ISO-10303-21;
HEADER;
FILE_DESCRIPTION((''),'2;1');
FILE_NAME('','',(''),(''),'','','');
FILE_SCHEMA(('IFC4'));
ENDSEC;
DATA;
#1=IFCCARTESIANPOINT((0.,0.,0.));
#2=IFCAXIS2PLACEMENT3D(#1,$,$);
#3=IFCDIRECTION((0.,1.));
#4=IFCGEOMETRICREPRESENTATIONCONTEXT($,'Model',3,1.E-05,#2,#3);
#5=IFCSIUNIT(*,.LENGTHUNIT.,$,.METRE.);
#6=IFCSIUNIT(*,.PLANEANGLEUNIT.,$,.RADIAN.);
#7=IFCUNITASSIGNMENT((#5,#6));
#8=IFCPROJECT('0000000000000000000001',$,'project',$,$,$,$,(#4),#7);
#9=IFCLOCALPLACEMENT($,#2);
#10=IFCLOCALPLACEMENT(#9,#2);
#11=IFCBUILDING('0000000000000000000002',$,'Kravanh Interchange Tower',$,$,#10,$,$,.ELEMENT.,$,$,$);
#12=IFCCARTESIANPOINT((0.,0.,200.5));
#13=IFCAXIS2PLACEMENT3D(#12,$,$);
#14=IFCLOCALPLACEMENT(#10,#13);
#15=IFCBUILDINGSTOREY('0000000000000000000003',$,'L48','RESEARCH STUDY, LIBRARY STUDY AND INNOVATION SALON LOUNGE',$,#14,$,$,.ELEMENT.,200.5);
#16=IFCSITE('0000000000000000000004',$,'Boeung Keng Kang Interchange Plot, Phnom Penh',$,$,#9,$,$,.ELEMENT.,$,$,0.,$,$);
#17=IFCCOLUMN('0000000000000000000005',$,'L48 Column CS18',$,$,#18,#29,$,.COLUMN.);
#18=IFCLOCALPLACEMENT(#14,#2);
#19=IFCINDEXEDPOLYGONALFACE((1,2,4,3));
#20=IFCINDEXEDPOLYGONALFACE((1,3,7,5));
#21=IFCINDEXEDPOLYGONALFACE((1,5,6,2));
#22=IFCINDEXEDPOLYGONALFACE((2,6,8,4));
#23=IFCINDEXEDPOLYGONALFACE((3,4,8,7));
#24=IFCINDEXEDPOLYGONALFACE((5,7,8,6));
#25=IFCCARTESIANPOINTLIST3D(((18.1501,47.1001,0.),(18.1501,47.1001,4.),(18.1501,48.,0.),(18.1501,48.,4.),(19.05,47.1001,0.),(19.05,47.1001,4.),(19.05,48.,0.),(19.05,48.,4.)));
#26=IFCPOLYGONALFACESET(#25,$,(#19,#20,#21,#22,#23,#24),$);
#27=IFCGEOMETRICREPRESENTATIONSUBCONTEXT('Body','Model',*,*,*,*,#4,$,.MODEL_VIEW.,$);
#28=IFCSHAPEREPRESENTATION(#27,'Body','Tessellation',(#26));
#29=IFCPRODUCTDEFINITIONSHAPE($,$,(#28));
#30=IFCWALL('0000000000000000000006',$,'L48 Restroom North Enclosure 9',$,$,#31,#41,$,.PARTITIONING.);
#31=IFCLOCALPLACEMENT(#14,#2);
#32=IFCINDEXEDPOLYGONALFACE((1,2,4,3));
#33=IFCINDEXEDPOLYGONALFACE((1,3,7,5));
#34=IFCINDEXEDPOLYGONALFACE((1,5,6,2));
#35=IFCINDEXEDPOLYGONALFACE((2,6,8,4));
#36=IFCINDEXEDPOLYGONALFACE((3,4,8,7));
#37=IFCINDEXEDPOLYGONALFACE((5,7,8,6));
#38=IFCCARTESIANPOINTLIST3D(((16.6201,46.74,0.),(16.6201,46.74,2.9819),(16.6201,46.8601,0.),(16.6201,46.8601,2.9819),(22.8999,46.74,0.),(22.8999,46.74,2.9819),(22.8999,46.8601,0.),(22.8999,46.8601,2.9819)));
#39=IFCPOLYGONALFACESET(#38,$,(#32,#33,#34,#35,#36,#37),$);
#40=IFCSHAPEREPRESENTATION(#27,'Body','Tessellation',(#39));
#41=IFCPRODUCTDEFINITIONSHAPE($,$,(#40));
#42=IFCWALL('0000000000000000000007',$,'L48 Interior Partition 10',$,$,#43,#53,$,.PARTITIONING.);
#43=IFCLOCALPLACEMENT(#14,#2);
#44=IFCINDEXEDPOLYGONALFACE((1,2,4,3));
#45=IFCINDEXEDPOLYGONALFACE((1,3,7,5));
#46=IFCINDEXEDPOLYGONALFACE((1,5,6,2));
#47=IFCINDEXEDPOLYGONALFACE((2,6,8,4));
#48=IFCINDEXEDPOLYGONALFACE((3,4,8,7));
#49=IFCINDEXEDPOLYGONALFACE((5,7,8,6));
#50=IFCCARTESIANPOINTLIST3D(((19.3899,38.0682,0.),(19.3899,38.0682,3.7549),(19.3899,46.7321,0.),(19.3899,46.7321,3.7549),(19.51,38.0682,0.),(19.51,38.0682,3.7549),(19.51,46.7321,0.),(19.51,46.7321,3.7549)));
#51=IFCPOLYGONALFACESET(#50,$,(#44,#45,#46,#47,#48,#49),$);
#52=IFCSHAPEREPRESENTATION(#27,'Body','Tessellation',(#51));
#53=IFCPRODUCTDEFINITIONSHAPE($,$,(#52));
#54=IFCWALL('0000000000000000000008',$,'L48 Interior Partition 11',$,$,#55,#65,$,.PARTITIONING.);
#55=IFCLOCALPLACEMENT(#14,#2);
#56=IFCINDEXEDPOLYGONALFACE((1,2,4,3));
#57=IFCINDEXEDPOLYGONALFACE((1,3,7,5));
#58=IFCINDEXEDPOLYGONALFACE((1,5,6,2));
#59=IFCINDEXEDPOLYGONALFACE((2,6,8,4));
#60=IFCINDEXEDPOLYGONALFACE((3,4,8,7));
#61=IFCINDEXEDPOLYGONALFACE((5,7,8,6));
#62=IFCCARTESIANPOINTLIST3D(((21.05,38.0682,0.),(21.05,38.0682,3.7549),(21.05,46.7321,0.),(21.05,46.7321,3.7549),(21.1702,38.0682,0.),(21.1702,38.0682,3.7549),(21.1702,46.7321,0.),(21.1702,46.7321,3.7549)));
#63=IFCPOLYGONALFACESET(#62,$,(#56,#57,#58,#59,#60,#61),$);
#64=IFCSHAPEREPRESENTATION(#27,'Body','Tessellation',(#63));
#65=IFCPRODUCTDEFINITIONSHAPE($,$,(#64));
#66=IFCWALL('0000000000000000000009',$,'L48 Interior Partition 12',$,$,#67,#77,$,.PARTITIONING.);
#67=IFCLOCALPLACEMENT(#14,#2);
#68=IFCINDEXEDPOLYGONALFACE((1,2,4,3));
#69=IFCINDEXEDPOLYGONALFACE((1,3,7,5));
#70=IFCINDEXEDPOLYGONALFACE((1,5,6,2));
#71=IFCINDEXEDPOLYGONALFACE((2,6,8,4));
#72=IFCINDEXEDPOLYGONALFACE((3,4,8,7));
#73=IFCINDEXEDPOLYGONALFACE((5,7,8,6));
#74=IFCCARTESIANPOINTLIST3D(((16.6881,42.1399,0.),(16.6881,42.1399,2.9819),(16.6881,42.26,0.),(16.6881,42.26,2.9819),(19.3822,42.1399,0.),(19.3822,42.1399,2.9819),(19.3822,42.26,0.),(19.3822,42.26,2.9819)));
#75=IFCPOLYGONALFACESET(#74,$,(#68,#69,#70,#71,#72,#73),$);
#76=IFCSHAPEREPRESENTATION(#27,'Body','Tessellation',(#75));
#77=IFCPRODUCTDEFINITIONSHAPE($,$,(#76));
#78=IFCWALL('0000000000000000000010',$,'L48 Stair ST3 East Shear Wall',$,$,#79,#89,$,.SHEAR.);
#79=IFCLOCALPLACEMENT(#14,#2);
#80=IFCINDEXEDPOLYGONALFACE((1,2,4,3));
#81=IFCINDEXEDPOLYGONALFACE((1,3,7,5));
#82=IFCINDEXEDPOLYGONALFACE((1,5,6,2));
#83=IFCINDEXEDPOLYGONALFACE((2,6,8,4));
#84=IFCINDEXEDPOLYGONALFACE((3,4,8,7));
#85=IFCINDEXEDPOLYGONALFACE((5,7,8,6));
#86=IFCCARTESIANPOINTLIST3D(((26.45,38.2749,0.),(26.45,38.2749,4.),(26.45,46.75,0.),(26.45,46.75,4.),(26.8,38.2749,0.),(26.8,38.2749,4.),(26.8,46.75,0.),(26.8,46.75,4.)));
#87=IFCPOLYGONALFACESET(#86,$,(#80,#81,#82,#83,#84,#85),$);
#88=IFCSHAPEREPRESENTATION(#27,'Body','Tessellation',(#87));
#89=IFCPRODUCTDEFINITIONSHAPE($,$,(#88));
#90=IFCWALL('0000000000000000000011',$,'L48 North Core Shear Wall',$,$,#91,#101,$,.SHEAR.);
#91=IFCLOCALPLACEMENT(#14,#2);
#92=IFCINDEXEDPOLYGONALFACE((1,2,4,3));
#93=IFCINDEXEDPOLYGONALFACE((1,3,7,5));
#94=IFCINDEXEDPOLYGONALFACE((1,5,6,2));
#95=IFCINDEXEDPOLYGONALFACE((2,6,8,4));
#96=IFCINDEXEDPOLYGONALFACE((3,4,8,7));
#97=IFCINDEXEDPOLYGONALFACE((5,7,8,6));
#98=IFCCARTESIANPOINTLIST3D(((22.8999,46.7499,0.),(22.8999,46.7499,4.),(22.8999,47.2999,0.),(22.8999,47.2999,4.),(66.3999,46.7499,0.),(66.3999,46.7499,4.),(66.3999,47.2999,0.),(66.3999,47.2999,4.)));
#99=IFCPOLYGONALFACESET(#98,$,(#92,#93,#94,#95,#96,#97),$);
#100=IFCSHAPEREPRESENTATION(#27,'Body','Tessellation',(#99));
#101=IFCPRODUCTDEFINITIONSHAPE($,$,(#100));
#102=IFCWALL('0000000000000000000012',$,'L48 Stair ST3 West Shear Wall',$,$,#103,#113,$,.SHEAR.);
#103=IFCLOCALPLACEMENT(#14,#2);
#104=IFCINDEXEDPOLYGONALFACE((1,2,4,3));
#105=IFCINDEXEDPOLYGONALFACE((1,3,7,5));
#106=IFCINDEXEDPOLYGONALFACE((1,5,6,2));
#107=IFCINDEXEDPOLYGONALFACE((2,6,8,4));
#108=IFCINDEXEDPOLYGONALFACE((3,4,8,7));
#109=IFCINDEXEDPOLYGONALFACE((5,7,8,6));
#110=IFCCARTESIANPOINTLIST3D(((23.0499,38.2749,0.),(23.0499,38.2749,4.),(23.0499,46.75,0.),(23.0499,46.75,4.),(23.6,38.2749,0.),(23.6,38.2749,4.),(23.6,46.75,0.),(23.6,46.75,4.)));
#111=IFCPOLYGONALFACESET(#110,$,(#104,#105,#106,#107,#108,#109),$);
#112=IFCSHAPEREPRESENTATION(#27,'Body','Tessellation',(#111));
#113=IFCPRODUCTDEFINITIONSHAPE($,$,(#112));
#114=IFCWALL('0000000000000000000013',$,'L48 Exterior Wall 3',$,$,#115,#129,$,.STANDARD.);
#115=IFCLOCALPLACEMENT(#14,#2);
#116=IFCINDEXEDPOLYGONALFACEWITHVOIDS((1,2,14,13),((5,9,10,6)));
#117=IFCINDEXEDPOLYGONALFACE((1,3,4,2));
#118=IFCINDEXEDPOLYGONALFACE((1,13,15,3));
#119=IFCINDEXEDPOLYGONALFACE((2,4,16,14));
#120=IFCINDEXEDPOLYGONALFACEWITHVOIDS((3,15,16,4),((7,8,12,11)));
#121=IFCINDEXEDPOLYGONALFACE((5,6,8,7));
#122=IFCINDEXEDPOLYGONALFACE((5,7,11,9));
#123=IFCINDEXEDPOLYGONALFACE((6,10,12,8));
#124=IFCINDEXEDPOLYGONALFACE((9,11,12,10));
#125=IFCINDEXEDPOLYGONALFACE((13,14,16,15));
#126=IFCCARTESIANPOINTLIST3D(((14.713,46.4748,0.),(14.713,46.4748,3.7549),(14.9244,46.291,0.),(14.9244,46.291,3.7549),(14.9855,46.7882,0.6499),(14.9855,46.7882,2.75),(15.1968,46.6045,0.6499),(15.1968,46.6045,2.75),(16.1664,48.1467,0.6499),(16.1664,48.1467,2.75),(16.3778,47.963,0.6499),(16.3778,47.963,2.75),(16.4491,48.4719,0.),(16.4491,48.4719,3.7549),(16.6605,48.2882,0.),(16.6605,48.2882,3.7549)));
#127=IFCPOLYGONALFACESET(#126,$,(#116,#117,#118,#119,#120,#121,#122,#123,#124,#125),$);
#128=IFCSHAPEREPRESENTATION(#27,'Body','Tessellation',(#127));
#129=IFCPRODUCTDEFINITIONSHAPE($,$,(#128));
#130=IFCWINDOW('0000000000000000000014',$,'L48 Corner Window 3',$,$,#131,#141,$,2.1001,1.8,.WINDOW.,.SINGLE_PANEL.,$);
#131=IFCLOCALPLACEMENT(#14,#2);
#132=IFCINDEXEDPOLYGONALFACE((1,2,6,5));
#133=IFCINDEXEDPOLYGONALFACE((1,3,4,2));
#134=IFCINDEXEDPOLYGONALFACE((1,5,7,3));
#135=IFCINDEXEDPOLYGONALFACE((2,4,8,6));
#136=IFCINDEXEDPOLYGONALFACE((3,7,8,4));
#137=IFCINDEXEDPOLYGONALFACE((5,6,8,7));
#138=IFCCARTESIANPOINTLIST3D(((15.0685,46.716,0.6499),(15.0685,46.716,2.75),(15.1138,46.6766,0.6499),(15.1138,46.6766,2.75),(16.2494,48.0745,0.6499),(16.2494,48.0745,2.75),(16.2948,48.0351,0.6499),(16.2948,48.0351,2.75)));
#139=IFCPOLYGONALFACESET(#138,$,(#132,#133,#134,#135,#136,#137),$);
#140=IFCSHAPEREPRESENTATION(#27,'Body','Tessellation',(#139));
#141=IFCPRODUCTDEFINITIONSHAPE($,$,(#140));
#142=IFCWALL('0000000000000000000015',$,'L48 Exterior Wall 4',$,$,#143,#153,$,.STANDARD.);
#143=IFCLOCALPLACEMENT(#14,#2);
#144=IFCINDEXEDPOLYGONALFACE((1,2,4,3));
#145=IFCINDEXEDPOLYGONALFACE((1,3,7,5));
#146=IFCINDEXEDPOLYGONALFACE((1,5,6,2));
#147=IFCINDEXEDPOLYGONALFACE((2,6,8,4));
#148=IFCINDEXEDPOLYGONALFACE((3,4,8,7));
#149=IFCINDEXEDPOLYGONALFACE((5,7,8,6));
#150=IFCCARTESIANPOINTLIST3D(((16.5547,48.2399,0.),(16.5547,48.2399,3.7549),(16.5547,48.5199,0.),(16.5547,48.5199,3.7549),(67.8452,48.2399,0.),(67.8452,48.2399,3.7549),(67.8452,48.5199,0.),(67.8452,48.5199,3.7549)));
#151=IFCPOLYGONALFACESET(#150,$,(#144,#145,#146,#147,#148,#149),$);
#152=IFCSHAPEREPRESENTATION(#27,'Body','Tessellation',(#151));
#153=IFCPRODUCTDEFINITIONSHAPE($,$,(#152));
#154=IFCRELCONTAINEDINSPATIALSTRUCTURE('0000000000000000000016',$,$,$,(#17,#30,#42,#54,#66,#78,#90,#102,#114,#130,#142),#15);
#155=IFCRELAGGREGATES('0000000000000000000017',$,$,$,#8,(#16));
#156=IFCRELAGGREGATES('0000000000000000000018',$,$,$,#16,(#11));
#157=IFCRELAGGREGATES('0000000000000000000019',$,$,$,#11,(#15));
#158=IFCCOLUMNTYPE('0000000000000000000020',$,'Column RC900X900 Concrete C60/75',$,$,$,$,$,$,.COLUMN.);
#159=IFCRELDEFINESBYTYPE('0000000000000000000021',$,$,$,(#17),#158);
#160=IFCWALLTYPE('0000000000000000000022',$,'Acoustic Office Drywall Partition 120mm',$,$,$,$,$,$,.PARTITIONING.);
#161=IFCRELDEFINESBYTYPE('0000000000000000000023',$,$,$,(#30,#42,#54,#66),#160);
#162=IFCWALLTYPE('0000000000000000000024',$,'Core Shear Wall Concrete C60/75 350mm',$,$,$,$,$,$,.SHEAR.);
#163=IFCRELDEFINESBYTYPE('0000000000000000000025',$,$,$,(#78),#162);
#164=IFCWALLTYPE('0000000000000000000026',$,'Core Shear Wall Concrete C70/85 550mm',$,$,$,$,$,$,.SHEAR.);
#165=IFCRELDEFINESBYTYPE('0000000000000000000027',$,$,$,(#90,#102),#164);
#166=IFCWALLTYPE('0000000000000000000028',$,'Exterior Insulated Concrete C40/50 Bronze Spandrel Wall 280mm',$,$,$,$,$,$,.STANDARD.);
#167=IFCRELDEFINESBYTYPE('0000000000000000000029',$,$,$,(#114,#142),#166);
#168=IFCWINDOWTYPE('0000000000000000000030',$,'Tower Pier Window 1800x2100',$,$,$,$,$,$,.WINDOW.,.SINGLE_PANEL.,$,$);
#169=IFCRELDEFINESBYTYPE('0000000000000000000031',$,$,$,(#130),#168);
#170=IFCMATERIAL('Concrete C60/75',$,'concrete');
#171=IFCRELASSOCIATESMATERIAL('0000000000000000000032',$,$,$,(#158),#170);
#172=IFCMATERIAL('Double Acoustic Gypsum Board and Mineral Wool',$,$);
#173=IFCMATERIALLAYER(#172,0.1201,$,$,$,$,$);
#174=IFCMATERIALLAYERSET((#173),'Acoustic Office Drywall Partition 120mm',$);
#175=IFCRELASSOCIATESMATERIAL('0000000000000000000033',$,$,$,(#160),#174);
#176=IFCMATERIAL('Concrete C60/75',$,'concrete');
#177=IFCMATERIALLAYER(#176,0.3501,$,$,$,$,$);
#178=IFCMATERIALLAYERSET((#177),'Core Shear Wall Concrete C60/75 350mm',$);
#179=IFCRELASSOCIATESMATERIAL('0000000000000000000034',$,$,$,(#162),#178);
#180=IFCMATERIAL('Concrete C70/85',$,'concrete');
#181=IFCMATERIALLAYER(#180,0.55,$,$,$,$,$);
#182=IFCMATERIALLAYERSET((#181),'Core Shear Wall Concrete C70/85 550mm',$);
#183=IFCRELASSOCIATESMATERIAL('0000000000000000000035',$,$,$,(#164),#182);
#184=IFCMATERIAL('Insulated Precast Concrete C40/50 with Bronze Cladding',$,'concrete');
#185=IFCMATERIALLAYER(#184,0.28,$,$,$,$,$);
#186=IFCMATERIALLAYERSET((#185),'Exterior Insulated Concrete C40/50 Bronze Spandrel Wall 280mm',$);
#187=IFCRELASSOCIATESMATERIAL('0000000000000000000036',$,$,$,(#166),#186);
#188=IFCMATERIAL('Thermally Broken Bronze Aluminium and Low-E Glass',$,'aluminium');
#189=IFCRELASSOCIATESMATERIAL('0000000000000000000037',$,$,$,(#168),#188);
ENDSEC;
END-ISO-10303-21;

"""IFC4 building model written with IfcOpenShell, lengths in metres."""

from ifc_helpers import new_model, si_unit, direction, frame, frame_2d, origin, origin_2d, place, context, subcontext, project, spatial, rectangle, extrude, material, layer, layer_set, material_profile, profile_set, type_object, element, fill, save


model = new_model("IFC4")

# Units and contexts
model_context = context("Model", 3, precision=1e-05, world=origin(), true_north=direction((0.0, 1.0)))
body_context = subcontext(model_context, "Body", "Model", "MODEL_VIEW")
ifc_project = project(units=[si_unit("LENGTHUNIT", "METRE"), si_unit("PLANEANGLEUNIT", "RADIAN")], contexts=[model_context])

# Site, building, storey
site_placement = place(None, origin())
site = spatial("IfcSite", under=ifc_project, at=site_placement, Name="Boeung Keng Kang Interchange Plot, Phnom Penh", CompositionType="ELEMENT", RefElevation=0.0)
building_placement = place(site_placement, origin())
building = spatial("IfcBuilding", under=site, at=building_placement, Name="Kravanh Interchange Tower", CompositionType="ELEMENT")
storey_placement = place(building_placement, frame((0.0, 0.0, 200.5)))
storey = spatial("IfcBuildingStorey", under=building, at=storey_placement, Name="L48", Description="RESEARCH STUDY, LIBRARY STUDY AND INNOVATION SALON LOUNGE", CompositionType="ELEMENT", Elevation=200.5)

# Column
ifc_material_1 = material(Name="Concrete C60/75", Category="concrete")
ifc_material_profile = material_profile(ifc_material_1, rectangle(XDim=0.8999, YDim=0.8999, at=origin_2d()), Name="RC900X900")
ifc_profile_set = profile_set([ifc_material_profile], Name="Concrete C60/75")
column_type = type_object("IfcColumnType", Name="Column RC900X900 Concrete C60/75", PredefinedType="COLUMN", material=ifc_profile_set)
column_placement = place(storey_placement, frame((18.6001, 47.55, 0.0), z_axis=(0.0, 0.0, 1.0), x_axis=(1.0, 0.0, 0.0)))
element("IfcColumn", 1, at=column_placement, inside=storey, type_object=column_type, Name="L48 Column CS18", PredefinedType="COLUMN", context=body_context, shape_type="SweptSolid", body=[
    extrude(rectangle(XDim=0.8999, YDim=0.8999, at=origin_2d()), origin(), (0.0, 0.0, 1.0), 4.0),
])

# Walls
ifc_material_2 = material(Name="Double Acoustic Gypsum Board and Mineral Wool")
ifc_layer_1 = layer(ifc_material_2, 0.1201)
ifc_layer_set_1 = layer_set([ifc_layer_1], Name="Acoustic Office Drywall Partition 120mm")
wall_type_1 = type_object("IfcWallType", Name="Acoustic Office Drywall Partition 120mm", PredefinedType="PARTITIONING", material=ifc_layer_set_1)
wall_1_placement = place(storey_placement, frame((16.6201, 46.8, 0.0), z_axis=(0.0, 0.0, 1.0), x_axis=(1.0, 0.0, 0.0)))
element("IfcWall", 2, at=wall_1_placement, inside=storey, type_object=wall_type_1, Name="L48 Restroom North Enclosure 9", PredefinedType="PARTITIONING", context=body_context, shape_type="SweptSolid", body=[
    extrude(rectangle(XDim=6.2798, YDim=0.1201, at=frame_2d((3.1399, 0.0))), origin(), (0.0, 0.0, 1.0), 2.9819),
])
for number, where, z_axis, x_axis, name in (
    (3, (19.45, 38.0681, 0.0), (0.0, 0.0, 1.0), (0.0, 1.0, 0.0), "L48 Interior Partition 10"),
    (4, (21.1101, 38.0681, 0.0), (0.0, 0.0, 1.0), (0.0, 1.0, 0.0), "L48 Interior Partition 11"),
):
    element("IfcWall", number, at=place(storey_placement, frame(where, z_axis=z_axis, x_axis=x_axis)), inside=storey, type_object=wall_type_1, Name=name, PredefinedType="PARTITIONING", context=body_context, shape_type="SweptSolid", body=[
        extrude(rectangle(XDim=8.6638, YDim=0.1201, at=frame_2d((4.332, 0.0))), origin(), (0.0, 0.0, 1.0), 3.7549),
    ])
wall_2_placement = place(storey_placement, frame((16.688, 42.2, 0.0), z_axis=(0.0, 0.0, 1.0), x_axis=(1.0, 0.0, 0.0)))
element("IfcWall", 5, at=wall_2_placement, inside=storey, type_object=wall_type_1, Name="L48 Interior Partition 12", PredefinedType="PARTITIONING", context=body_context, shape_type="SweptSolid", body=[
    extrude(rectangle(XDim=2.6941, YDim=0.1201, at=frame_2d((1.3472, 0.0))), origin(), (0.0, 0.0, 1.0), 2.9819),
])
ifc_material_3 = material(Name="Concrete C60/75", Category="concrete")
ifc_layer_2 = layer(ifc_material_3, 0.3501)
ifc_layer_set_2 = layer_set([ifc_layer_2], Name="Core Shear Wall Concrete C60/75 350mm")
wall_type_2 = type_object("IfcWallType", Name="Core Shear Wall Concrete C60/75 350mm", PredefinedType="SHEAR", material=ifc_layer_set_2)
wall_3_placement = place(storey_placement, frame((26.625, 38.2749, 0.0), z_axis=(0.0, 0.0, 1.0), x_axis=(0.0, 1.0, 0.0)))
element("IfcWall", 6, at=wall_3_placement, inside=storey, type_object=wall_type_2, Name="L48 Stair ST3 East Shear Wall", PredefinedType="SHEAR", context=body_context, shape_type="SweptSolid", body=[
    extrude(rectangle(XDim=8.4751, YDim=0.3501, at=frame_2d((4.2375, 0.0))), origin(), (0.0, 0.0, 1.0), 4.0),
])
ifc_material_4 = material(Name="Concrete C70/85", Category="concrete")
ifc_layer_3 = layer(ifc_material_4, 0.55)
ifc_layer_set_3 = layer_set([ifc_layer_3], Name="Core Shear Wall Concrete C70/85 550mm")
wall_type_3 = type_object("IfcWallType", Name="Core Shear Wall Concrete C70/85 550mm", PredefinedType="SHEAR", material=ifc_layer_set_3)
wall_4_placement = place(storey_placement, frame((22.8999, 47.0249, 0.0), z_axis=(0.0, 0.0, 1.0), x_axis=(1.0, 0.0, 0.0)))
element("IfcWall", 7, at=wall_4_placement, inside=storey, type_object=wall_type_3, Name="L48 North Core Shear Wall", PredefinedType="SHEAR", context=body_context, shape_type="SweptSolid", body=[
    extrude(rectangle(XDim=43.5, YDim=0.55, at=frame_2d((21.75, 0.0))), origin(), (0.0, 0.0, 1.0), 4.0),
])
wall_5_placement = place(storey_placement, frame((23.325, 38.2749, 0.0), z_axis=(0.0, 0.0, 1.0), x_axis=(0.0, 1.0, 0.0)))
element("IfcWall", 8, at=wall_5_placement, inside=storey, type_object=wall_type_3, Name="L48 Stair ST3 West Shear Wall", PredefinedType="SHEAR", context=body_context, shape_type="SweptSolid", body=[
    extrude(rectangle(XDim=8.4751, YDim=0.55, at=frame_2d((4.2375, 0.0))), origin(), (0.0, 0.0, 1.0), 4.0),
])

# Wall, opening, window
ifc_material_5 = material(Name="Insulated Precast Concrete C40/50 with Bronze Cladding", Category="concrete")
ifc_layer_4 = layer(ifc_material_5, 0.28)
ifc_layer_set_4 = layer_set([ifc_layer_4], Name="Exterior Insulated Concrete C40/50 Bronze Spandrel Wall 280mm")
wall_type_4 = type_object("IfcWallType", Name="Exterior Insulated Concrete C40/50 Bronze Spandrel Wall 280mm", PredefinedType="STANDARD", material=ifc_layer_set_4)
wall_6_placement = place(storey_placement, frame((14.8186, 46.3828, 0.0), z_axis=(0.0, 0.0, 1.0), x_axis=(0.656071, 0.754699, 0.0)))
wall_6 = element("IfcWall", 9, at=wall_6_placement, inside=storey, type_object=wall_type_4, Name="L48 Exterior Wall 3", PredefinedType="STANDARD", context=body_context, shape_type="SweptSolid", body=[
    extrude(rectangle(XDim=2.6462, YDim=0.28, at=frame_2d((1.3232, 0.0))), origin(), (0.0, 0.0, 1.0), 3.7549),
])
opening_placement = place(wall_6_placement, frame((0.4155, 0.0, 0.6499)))
opening = element("IfcOpeningElement", 10, at=opening_placement, cuts=wall_6, PredefinedType="OPENING", context=body_context, shape_type="SweptSolid", body=[
    extrude(rectangle(XDim=1.8, YDim=2.1001, at=frame_2d((0.8999, 1.05))), frame((0.0, 0.1499, 0.0), z_axis=(0.0, -1.0, 0.0), x_axis=(1.0, 0.0, 0.0)), (0.0, 0.0, 1.0), 0.3),
])
ifc_material_6 = material(Name="Thermally Broken Bronze Aluminium and Low-E Glass", Category="aluminium")
window_type = type_object("IfcWindowType", Name="Tower Pier Window 1800x2100", PartitioningType="SINGLE_PANEL", PredefinedType="WINDOW", material=ifc_material_6)
window_placement = place(opening_placement, origin())
window = element("IfcWindow", 11, at=window_placement, inside=storey, type_object=window_type, Name="L48 Corner Window 3", OverallHeight=2.1001, OverallWidth=1.8, PartitioningType="SINGLE_PANEL", PredefinedType="WINDOW", context=body_context, shape_type="SweptSolid", body=[
    extrude(rectangle(XDim=1.8, YDim=2.1001, at=frame_2d((0.8999, 1.05))), frame((0.0, 0.03, 0.0), z_axis=(0.0, -1.0, 0.0), x_axis=(1.0, 0.0, 0.0)), (0.0, 0.0, 1.0), 0.0601),
])
fill(opening, window)

# Wall
wall_7_placement = place(storey_placement, frame((16.5547, 48.3799, 0.0), z_axis=(0.0, 0.0, 1.0), x_axis=(1.0, 0.0, 0.0)))
element("IfcWall", 12, at=wall_7_placement, inside=storey, type_object=wall_type_4, Name="L48 Exterior Wall 4", PredefinedType="STANDARD", context=body_context, shape_type="SweptSolid", body=[
    extrude(rectangle(XDim=51.2905, YDim=0.28, at=frame_2d((25.6453, 0.0))), origin(), (0.0, 0.0, 1.0), 3.7549),
])

save(model, "model.ifc")
